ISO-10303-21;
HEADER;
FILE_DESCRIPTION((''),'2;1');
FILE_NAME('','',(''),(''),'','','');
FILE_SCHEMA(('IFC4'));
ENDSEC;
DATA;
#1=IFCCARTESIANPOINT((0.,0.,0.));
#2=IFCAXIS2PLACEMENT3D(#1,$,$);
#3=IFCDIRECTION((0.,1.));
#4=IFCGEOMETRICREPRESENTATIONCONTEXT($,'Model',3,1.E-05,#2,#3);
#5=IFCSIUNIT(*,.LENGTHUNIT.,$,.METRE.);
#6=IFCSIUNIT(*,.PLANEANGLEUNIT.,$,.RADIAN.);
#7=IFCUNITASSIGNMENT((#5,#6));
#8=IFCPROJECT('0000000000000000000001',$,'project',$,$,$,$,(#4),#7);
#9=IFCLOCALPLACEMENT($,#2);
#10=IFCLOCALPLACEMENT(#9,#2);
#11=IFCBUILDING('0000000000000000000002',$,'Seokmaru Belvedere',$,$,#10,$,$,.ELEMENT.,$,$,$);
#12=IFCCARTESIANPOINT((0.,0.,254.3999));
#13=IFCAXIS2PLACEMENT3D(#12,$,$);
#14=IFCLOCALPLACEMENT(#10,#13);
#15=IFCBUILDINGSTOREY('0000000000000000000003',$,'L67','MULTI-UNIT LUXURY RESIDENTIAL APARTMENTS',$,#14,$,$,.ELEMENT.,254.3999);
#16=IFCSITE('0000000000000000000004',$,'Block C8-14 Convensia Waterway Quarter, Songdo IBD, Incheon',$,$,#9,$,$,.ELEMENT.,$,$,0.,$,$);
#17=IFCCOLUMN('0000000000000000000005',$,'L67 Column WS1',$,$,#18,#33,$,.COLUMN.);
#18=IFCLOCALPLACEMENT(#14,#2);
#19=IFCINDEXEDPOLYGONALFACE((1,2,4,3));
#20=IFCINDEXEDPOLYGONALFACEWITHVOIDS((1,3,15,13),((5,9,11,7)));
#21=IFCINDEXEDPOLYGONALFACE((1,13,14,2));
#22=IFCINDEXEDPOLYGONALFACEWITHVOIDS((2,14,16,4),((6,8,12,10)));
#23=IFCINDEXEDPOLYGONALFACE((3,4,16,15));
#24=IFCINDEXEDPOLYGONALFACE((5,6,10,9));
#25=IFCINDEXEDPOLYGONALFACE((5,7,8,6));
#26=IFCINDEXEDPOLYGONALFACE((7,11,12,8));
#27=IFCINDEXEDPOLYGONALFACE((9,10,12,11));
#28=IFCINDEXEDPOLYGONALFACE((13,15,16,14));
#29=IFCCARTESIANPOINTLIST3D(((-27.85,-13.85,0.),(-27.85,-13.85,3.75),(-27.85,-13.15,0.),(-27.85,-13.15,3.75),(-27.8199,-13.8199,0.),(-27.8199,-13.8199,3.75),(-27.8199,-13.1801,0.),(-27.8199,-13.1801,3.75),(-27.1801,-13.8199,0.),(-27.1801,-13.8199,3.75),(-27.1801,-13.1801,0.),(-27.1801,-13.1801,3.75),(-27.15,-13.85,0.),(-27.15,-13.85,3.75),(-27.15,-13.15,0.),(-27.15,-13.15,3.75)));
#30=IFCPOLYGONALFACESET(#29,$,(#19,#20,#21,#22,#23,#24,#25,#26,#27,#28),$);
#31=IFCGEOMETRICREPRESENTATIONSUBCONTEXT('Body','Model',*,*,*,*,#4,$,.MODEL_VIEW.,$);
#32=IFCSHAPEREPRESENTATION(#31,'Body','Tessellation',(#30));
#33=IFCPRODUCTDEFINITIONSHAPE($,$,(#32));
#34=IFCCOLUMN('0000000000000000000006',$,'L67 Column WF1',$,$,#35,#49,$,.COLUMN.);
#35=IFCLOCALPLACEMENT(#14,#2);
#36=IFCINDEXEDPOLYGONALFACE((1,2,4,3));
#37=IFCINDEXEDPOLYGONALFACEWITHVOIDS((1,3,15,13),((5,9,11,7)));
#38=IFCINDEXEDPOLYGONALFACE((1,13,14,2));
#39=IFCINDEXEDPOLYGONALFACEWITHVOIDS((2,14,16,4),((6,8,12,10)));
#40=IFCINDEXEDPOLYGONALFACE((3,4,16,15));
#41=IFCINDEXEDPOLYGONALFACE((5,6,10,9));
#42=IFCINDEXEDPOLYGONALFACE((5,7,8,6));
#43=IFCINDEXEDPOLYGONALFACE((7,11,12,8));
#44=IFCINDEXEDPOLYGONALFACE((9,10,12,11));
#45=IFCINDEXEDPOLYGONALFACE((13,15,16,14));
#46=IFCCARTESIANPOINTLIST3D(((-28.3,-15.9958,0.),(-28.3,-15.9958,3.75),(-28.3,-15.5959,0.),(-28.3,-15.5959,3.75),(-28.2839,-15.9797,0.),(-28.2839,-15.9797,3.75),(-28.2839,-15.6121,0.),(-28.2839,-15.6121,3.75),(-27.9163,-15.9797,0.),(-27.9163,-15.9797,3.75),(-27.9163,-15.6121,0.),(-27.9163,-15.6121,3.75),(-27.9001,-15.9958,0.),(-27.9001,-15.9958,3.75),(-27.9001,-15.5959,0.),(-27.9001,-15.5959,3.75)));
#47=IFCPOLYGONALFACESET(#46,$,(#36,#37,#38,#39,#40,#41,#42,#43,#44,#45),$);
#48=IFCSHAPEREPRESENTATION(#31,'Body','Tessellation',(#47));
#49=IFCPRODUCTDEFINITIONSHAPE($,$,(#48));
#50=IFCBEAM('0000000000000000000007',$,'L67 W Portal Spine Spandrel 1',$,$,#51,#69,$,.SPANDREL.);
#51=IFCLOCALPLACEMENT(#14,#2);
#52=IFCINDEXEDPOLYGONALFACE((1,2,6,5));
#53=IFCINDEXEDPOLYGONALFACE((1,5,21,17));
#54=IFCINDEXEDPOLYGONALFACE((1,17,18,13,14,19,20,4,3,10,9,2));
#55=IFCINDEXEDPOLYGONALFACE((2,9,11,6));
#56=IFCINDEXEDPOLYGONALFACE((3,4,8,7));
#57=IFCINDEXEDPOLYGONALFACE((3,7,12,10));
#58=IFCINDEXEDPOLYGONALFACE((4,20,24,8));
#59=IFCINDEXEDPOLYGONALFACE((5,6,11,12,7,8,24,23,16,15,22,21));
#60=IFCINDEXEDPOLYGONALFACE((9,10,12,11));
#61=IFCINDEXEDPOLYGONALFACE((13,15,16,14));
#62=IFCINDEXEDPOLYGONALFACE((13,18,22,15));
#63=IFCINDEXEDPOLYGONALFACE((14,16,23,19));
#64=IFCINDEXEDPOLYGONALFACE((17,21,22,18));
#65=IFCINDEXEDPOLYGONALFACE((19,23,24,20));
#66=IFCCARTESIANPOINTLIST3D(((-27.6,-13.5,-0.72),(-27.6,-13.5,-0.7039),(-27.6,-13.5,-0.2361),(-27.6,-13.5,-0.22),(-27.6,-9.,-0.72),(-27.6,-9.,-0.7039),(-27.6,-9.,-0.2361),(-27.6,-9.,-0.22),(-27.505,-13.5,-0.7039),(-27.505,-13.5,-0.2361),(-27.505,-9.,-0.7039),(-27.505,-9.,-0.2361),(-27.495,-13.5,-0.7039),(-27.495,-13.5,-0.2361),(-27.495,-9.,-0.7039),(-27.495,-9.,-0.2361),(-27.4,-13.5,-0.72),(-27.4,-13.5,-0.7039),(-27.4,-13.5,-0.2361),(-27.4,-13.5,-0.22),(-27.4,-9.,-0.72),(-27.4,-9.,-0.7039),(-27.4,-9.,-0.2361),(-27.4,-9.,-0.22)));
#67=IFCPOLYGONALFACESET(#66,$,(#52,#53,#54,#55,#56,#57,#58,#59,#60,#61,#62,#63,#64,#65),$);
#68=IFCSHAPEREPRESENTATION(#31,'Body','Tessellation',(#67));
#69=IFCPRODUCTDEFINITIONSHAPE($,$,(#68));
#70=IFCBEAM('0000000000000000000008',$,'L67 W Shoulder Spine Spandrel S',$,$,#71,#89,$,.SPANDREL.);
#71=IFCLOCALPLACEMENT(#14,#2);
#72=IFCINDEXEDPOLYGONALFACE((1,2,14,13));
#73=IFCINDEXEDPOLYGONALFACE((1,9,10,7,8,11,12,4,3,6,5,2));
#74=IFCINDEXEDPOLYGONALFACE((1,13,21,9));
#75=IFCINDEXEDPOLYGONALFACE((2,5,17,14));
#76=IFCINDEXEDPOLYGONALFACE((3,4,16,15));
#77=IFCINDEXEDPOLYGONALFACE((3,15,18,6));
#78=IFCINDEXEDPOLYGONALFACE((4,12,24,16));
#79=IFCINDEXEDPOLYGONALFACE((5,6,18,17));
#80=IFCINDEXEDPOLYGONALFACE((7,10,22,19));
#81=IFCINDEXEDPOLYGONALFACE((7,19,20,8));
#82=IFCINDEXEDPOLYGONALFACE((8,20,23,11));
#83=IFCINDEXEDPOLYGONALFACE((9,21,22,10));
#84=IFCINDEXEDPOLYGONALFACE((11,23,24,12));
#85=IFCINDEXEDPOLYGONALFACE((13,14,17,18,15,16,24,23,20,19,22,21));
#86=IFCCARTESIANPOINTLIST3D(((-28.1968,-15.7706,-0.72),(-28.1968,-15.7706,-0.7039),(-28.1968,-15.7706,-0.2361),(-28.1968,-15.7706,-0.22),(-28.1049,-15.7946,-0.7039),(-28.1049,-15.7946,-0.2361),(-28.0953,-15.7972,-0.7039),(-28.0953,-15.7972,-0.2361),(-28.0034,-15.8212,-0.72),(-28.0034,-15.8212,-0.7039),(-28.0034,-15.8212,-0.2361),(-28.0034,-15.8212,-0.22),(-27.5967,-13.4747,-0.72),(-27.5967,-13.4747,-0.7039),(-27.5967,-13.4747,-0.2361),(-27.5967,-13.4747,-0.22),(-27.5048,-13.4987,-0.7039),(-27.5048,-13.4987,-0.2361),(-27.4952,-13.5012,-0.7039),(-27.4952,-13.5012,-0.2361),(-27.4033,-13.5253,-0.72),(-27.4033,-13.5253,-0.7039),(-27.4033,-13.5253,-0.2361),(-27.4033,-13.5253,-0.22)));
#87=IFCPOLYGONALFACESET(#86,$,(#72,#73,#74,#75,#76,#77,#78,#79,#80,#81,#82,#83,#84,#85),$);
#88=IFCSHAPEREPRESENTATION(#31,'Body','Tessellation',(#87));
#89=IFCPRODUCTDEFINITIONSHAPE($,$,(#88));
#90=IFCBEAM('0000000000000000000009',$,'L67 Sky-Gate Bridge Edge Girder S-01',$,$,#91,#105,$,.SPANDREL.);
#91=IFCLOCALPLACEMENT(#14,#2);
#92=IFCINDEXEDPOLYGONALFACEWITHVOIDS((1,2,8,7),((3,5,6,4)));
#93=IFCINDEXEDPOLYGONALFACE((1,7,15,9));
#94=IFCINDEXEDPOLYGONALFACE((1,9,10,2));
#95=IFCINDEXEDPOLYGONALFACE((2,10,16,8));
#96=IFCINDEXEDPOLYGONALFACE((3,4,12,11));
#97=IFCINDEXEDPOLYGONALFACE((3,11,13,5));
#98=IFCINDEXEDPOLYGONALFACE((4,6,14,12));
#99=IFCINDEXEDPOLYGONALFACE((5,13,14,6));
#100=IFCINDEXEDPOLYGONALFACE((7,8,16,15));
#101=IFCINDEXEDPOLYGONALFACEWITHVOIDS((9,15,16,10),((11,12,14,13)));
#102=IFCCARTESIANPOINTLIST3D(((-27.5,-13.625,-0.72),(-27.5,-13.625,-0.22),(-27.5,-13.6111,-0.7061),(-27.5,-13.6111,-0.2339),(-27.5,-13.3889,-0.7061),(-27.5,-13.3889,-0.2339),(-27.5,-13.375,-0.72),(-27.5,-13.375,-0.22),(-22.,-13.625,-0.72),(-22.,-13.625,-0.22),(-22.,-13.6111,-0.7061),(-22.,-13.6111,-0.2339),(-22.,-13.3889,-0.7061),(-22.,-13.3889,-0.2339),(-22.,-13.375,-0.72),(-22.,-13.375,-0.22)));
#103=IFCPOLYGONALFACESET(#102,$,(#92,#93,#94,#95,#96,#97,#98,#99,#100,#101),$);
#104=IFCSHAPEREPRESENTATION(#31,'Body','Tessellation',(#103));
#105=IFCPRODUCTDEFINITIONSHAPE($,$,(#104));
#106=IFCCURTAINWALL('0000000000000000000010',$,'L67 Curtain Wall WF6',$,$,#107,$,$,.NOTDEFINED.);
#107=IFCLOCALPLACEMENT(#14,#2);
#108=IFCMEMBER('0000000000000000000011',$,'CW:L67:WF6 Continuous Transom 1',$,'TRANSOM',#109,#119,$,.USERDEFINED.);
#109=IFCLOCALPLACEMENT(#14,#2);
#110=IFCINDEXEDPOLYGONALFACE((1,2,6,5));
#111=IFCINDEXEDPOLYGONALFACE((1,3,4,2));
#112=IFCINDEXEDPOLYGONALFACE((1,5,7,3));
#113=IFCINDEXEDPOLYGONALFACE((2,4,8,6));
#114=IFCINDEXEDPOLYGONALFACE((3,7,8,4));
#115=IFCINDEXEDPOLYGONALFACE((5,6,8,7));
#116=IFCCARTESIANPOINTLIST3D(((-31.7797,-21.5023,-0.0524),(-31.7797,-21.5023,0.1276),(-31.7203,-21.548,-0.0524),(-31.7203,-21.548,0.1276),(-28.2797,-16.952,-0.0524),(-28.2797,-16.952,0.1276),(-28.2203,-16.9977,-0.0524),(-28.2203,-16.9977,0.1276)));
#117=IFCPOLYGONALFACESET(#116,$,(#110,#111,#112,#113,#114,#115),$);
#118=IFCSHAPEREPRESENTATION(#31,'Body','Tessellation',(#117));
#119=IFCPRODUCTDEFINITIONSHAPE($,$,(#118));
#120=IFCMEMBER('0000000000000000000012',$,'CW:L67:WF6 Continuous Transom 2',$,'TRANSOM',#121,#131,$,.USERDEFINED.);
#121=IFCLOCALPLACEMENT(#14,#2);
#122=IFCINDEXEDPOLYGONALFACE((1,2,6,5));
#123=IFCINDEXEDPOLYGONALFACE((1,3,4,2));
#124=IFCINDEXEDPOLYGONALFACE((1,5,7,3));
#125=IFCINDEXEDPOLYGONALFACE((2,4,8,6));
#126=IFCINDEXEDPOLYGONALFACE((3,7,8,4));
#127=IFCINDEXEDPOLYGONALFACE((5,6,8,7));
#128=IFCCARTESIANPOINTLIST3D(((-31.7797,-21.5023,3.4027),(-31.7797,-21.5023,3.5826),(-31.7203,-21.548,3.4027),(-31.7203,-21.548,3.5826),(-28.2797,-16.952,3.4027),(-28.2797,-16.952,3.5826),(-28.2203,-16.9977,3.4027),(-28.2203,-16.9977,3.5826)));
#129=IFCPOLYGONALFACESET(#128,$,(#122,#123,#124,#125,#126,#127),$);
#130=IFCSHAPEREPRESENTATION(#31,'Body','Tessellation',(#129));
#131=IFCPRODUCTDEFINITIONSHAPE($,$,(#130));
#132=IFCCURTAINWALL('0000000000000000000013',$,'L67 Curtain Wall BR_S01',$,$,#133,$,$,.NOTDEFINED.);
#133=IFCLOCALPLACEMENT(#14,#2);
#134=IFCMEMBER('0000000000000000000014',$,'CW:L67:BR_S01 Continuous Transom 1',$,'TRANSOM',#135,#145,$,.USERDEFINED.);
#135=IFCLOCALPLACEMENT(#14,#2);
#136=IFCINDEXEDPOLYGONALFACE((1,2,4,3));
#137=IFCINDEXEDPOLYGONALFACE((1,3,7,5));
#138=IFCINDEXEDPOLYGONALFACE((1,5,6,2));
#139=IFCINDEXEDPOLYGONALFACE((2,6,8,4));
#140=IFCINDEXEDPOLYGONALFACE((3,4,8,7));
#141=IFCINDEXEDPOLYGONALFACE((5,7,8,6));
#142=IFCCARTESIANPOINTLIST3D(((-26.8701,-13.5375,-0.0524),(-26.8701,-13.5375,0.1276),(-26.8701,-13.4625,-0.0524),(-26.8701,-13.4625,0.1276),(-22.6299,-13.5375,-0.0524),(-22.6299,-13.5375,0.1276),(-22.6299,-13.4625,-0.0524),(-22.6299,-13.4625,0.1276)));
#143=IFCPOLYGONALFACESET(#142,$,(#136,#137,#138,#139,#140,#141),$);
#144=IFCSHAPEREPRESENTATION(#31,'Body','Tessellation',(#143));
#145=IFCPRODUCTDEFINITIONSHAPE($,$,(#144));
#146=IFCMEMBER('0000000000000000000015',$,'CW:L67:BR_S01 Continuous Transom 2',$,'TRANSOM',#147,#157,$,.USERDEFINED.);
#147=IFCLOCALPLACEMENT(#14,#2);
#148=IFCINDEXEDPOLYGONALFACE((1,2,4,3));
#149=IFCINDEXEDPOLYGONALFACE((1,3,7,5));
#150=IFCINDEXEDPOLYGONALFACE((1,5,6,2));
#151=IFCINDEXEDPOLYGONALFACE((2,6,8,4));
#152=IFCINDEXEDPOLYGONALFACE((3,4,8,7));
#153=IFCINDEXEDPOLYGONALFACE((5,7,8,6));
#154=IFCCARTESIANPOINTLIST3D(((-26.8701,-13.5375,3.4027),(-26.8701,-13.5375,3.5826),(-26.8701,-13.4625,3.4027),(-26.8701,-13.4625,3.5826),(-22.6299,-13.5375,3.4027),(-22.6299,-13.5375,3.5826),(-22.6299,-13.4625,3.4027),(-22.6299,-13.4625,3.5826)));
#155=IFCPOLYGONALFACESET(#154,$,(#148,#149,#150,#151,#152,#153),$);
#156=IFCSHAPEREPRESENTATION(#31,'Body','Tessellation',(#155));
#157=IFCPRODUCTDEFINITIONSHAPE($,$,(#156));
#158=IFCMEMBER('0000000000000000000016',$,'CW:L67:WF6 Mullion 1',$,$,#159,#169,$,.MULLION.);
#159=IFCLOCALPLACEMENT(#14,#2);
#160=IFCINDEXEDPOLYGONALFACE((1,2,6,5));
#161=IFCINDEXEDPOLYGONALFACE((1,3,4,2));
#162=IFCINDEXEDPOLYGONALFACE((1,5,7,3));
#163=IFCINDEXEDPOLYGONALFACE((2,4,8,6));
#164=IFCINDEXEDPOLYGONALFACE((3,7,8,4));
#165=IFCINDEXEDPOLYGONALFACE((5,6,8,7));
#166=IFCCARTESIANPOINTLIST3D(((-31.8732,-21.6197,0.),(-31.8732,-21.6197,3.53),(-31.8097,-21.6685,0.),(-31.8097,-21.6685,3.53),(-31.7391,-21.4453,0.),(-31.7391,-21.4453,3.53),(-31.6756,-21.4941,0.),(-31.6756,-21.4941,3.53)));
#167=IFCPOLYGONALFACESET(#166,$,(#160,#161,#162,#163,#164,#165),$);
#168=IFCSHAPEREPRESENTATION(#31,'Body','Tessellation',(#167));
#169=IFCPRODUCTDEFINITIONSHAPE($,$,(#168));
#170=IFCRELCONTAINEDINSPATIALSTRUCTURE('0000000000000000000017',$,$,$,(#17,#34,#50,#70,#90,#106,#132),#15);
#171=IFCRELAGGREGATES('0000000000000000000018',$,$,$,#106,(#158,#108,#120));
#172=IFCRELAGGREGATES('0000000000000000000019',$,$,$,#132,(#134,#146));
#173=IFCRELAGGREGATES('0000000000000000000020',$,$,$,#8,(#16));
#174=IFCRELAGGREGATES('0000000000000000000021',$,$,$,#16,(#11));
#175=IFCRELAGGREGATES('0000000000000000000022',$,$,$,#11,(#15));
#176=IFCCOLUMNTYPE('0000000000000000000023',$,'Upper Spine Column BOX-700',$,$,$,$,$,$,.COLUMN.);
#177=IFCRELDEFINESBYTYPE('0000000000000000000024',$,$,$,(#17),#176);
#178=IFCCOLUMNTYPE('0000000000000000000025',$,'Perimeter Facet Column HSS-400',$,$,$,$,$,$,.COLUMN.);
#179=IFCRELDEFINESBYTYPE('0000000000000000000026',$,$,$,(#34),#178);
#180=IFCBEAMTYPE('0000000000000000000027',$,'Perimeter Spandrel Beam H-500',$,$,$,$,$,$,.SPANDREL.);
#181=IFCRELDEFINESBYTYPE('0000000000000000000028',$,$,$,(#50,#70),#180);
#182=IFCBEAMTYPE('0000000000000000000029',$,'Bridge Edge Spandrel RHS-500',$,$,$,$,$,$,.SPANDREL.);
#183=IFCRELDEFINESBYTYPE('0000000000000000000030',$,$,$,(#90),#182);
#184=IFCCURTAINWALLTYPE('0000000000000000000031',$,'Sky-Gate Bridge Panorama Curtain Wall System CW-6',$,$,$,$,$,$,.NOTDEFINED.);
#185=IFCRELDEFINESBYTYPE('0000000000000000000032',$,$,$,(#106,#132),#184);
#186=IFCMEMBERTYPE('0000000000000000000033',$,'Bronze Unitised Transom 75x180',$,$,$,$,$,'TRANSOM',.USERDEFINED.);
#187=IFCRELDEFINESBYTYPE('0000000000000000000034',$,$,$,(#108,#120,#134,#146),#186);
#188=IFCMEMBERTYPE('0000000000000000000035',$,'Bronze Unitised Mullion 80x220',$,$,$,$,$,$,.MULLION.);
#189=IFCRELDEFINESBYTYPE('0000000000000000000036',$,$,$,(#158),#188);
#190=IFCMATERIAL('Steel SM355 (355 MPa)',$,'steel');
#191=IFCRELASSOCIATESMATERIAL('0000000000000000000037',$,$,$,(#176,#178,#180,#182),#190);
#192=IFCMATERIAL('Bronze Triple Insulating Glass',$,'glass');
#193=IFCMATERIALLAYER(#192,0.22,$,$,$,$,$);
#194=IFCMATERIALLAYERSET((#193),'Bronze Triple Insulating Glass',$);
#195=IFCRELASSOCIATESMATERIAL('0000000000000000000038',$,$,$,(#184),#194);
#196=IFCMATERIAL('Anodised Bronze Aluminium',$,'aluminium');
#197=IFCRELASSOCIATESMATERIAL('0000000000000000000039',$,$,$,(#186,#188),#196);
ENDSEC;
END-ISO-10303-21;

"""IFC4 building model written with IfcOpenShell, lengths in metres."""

from ifc_helpers import new_model, si_unit, direction, frame, origin, origin_2d, place, context, subcontext, project, spatial, rectangle, hollow_rectangle, i_section, extrude, source, transform, mapped, material, layer, layer_set, material_profile, profile_set, type_object, type_shapes, element, aggregate, save


model = new_model("IFC4")

# Units and contexts
model_context = context("Model", 3, precision=1e-05, world=origin(), true_north=direction((0.0, 1.0)))
body_context = subcontext(model_context, "Body", "Model", "MODEL_VIEW")
ifc_project = project(units=[si_unit("LENGTHUNIT", "METRE"), si_unit("PLANEANGLEUNIT", "RADIAN")], contexts=[model_context])

# Site, building, storey
site_placement = place(None, origin())
site = spatial("IfcSite", under=ifc_project, at=site_placement, Name="Block C8-14 Convensia Waterway Quarter, Songdo IBD, Incheon", CompositionType="ELEMENT", RefElevation=0.0)
building_placement = place(site_placement, origin())
building = spatial("IfcBuilding", under=site, at=building_placement, Name="Seokmaru Belvedere", CompositionType="ELEMENT")
storey_placement = place(building_placement, frame((0.0, 0.0, 254.3999)))
storey = spatial("IfcBuildingStorey", under=building, at=storey_placement, Name="L67", Description="MULTI-UNIT LUXURY RESIDENTIAL APARTMENTS", CompositionType="ELEMENT", Elevation=254.3999)

# Columns
ifc_material_1 = material(Name="Steel SM355 (355 MPa)", Category="steel")
ifc_material_profile_1 = material_profile(ifc_material_1, hollow_rectangle(XDim=0.7, YDim=0.7, WallThickness=0.03, at=origin_2d()), Name="BOX-700x700x30")
ifc_profile_set_1 = profile_set([ifc_material_profile_1], Name="Steel SM355 (355 MPa)")
column_type_1 = type_object("IfcColumnType", Name="Upper Spine Column BOX-700", PredefinedType="COLUMN", material=ifc_profile_set_1)
shared_shape_1 = source(origin(), body_context, "Body", "SweptSolid", [
    extrude(hollow_rectangle(XDim=0.7, YDim=0.7, WallThickness=0.03, at=origin_2d()), origin(), (0.0, 0.0, 1.0), 3.75),
])
type_shapes(column_type_1, [shared_shape_1])
column_1_placement = place(storey_placement, frame((-27.5, -13.5, 0.0), z_axis=(0.0, 0.0, 1.0), x_axis=(1.0, 0.0, 0.0)))
element("IfcColumn", 1, at=column_1_placement, inside=storey, type_object=column_type_1, Name="L67 Column WS1", PredefinedType="COLUMN", context=body_context, shape_type="MappedRepresentation", body=[
    mapped(shared_shape_1, transform((0.0, 0.0, 0.0), scale=1.0)),
])
ifc_material_profile_2 = material_profile(ifc_material_1, hollow_rectangle(XDim=0.3999, YDim=0.3999, WallThickness=0.0161, at=origin_2d()), Name="HSS-400x400x16")
ifc_profile_set_2 = profile_set([ifc_material_profile_2], Name="Steel SM355 (355 MPa)")
column_type_2 = type_object("IfcColumnType", Name="Perimeter Facet Column HSS-400", PredefinedType="COLUMN", material=ifc_profile_set_2)
shared_shape_2 = source(origin(), body_context, "Body", "SweptSolid", [
    extrude(hollow_rectangle(XDim=0.3999, YDim=0.3999, WallThickness=0.0161, at=origin_2d()), origin(), (0.0, 0.0, 1.0), 3.75),
])
type_shapes(column_type_2, [shared_shape_2])
column_2_placement = place(storey_placement, frame((-28.1001, -15.7959, 0.0), z_axis=(0.0, 0.0, 1.0), x_axis=(1.0, 0.0, 0.0)))
element("IfcColumn", 2, at=column_2_placement, inside=storey, type_object=column_type_2, Name="L67 Column WF1", PredefinedType="COLUMN", context=body_context, shape_type="MappedRepresentation", body=[
    mapped(shared_shape_2, transform((0.0, 0.0, 0.0), scale=1.0)),
])

# Beams
ifc_material_profile_3 = material_profile(ifc_material_1, i_section(OverallWidth=0.2, OverallDepth=0.5, WebThickness=0.01, FlangeThickness=0.0161, at=origin_2d()), Name="H-500x200x10x16")
ifc_profile_set_3 = profile_set([ifc_material_profile_3], Name="Steel SM355 (355 MPa)")
beam_type_1 = type_object("IfcBeamType", Name="Perimeter Spandrel Beam H-500", PredefinedType="SPANDREL", material=ifc_profile_set_3)
shared_shape_3 = source(origin(), body_context, "Body", "SweptSolid", [
    extrude(i_section(OverallWidth=0.2, OverallDepth=0.5, WebThickness=0.01, FlangeThickness=0.0161, at=origin_2d()), origin(), (0.0, 0.0, 1.0), 4.5),
])
beam_1_placement = place(storey_placement, frame((-27.5, -13.5, -0.47), z_axis=(0.0, 1.0, 0.0), x_axis=(-1.0, 0.0, 0.0)))
element("IfcBeam", 3, at=beam_1_placement, inside=storey, type_object=beam_type_1, Name="L67 W Portal Spine Spandrel 1", PredefinedType="SPANDREL", context=body_context, shape_type="MappedRepresentation", body=[
    mapped(shared_shape_3, transform((0.0, 0.0, 0.0), scale=1.0)),
])
shared_shape_4 = source(origin(), body_context, "Body", "SweptSolid", [
    extrude(i_section(OverallWidth=0.2, OverallDepth=0.5, WebThickness=0.01, FlangeThickness=0.0161, at=origin_2d()), origin(), (0.0, 0.0, 1.0), 2.373),
])
type_shapes(beam_type_1, [shared_shape_3, shared_shape_4])
beam_2_placement = place(storey_placement, frame((-28.1001, -15.7959, -0.47), z_axis=(0.252883, 0.967497, 0.0), x_axis=(-0.967497, 0.252883, 0.0)))
element("IfcBeam", 4, at=beam_2_placement, inside=storey, type_object=beam_type_1, Name="L67 W Shoulder Spine Spandrel S", PredefinedType="SPANDREL", context=body_context, shape_type="MappedRepresentation", body=[
    mapped(shared_shape_4, transform((0.0, 0.0, 0.0), scale=1.0)),
])
ifc_material_profile_4 = material_profile(ifc_material_1, hollow_rectangle(XDim=0.25, YDim=0.5, WallThickness=0.0139, at=origin_2d()), Name="RHS-500x250x14")
ifc_profile_set_4 = profile_set([ifc_material_profile_4], Name="Steel SM355 (355 MPa)")
beam_type_2 = type_object("IfcBeamType", Name="Bridge Edge Spandrel RHS-500", PredefinedType="SPANDREL", material=ifc_profile_set_4)
shared_shape_5 = source(origin(), body_context, "Body", "SweptSolid", [
    extrude(hollow_rectangle(XDim=0.25, YDim=0.5, WallThickness=0.0139, at=origin_2d()), origin(), (0.0, 0.0, 1.0), 5.5),
])
type_shapes(beam_type_2, [shared_shape_5])
beam_3_placement = place(storey_placement, frame((-27.5, -13.5, -0.47), z_axis=(1.0, 0.0, 0.0), x_axis=(0.0, 1.0, 0.0)))
element("IfcBeam", 5, at=beam_3_placement, inside=storey, type_object=beam_type_2, Name="L67 Sky-Gate Bridge Edge Girder S-01", PredefinedType="SPANDREL", context=body_context, shape_type="MappedRepresentation", body=[
    mapped(shared_shape_5, transform((0.0, 0.0, 0.0), scale=1.0)),
])

# Curtain walls, members
ifc_material_2 = material(Name="Bronze Triple Insulating Glass", Category="glass")
ifc_layer_1 = layer(ifc_material_2, 0.22)
ifc_layer_set_1 = layer_set([ifc_layer_1], Name="Bronze Triple Insulating Glass")
curtain_wall_type = type_object("IfcCurtainWallType", Name="Sky-Gate Bridge Panorama Curtain Wall System CW-6", PredefinedType="NOTDEFINED", material=ifc_layer_set_1)
curtain_wall_1_placement = place(storey_placement, origin())
curtain_wall_1 = element("IfcCurtainWall", 6, at=curtain_wall_1_placement, inside=storey, type_object=curtain_wall_type, Name="L67 Curtain Wall WF6", PredefinedType="NOTDEFINED")
ifc_material_3 = material(Name="Anodised Bronze Aluminium", Category="aluminium")
ifc_material_profile_5 = material_profile(ifc_material_3, rectangle(XDim=0.075, YDim=0.1799, at=origin_2d()), Name="CW-T-75x180")
ifc_profile_set_5 = profile_set([ifc_material_profile_5], Name="Anodised Bronze Aluminium")
member_type_1 = type_object("IfcMemberType", Name="Bronze Unitised Transom 75x180", ElementType="TRANSOM", PredefinedType="USERDEFINED", material=ifc_profile_set_5)
shared_shape_6 = source(origin(), body_context, "Body", "SweptSolid", [
    extrude(rectangle(XDim=0.075, YDim=0.1799, at=origin_2d()), origin(), (0.0, 0.0, 1.0), 5.7407),
])
member_1_placement = place(storey_placement, frame((-31.75, -21.5251, 0.0376), z_axis=(0.609686, 0.792643, 0.0), x_axis=(-0.792643, 0.609686, 0.0)))
member_1 = element("IfcMember", 7, at=member_1_placement, type_object=member_type_1, Name="CW:L67:WF6 Continuous Transom 1", ObjectType="TRANSOM", PredefinedType="USERDEFINED", context=body_context, shape_type="MappedRepresentation", body=[
    mapped(shared_shape_6, transform((0.0, 0.0, 0.0), scale=1.0)),
])
member_2_placement = place(storey_placement, frame((-31.75, -21.5251, 3.4927), z_axis=(0.609686, 0.792643, 0.0), x_axis=(-0.792643, 0.609686, 0.0)))
member_2 = element("IfcMember", 8, at=member_2_placement, type_object=member_type_1, Name="CW:L67:WF6 Continuous Transom 2", ObjectType="TRANSOM", PredefinedType="USERDEFINED", context=body_context, shape_type="MappedRepresentation", body=[
    mapped(shared_shape_6, transform((0.0, 0.0, 0.0), scale=1.0)),
])
curtain_wall_2_placement = place(storey_placement, origin())
curtain_wall_2 = element("IfcCurtainWall", 9, at=curtain_wall_2_placement, inside=storey, type_object=curtain_wall_type, Name="L67 Curtain Wall BR_S01", PredefinedType="NOTDEFINED")
shared_shape_7 = source(origin(), body_context, "Body", "SweptSolid", [
    extrude(rectangle(XDim=0.075, YDim=0.1799, at=origin_2d()), origin(), (0.0, 0.0, 1.0), 4.2402),
])
type_shapes(member_type_1, [shared_shape_6, shared_shape_7])
member_3_placement = place(storey_placement, frame((-26.8701, -13.5, 0.0376), z_axis=(1.0, 0.0, 0.0), x_axis=(0.0, 1.0, 0.0)))
member_3 = element("IfcMember", 10, at=member_3_placement, type_object=member_type_1, Name="CW:L67:BR_S01 Continuous Transom 1", ObjectType="TRANSOM", PredefinedType="USERDEFINED", context=body_context, shape_type="MappedRepresentation", body=[
    mapped(shared_shape_7, transform((0.0, 0.0, 0.0), scale=1.0)),
])
member_4_placement = place(storey_placement, frame((-26.8701, -13.5, 3.4927), z_axis=(1.0, 0.0, 0.0), x_axis=(0.0, 1.0, 0.0)))
member_4 = element("IfcMember", 11, at=member_4_placement, type_object=member_type_1, Name="CW:L67:BR_S01 Continuous Transom 2", ObjectType="TRANSOM", PredefinedType="USERDEFINED", context=body_context, shape_type="MappedRepresentation", body=[
    mapped(shared_shape_7, transform((0.0, 0.0, 0.0), scale=1.0)),
])

# Member
ifc_material_profile_6 = material_profile(ifc_material_3, rectangle(XDim=0.0801, YDim=0.22, at=origin_2d()), Name="CW-M-80x220")
ifc_profile_set_6 = profile_set([ifc_material_profile_6], Name="Anodised Bronze Aluminium")
member_type_2 = type_object("IfcMemberType", Name="Bronze Unitised Mullion 80x220", PredefinedType="MULLION", material=ifc_profile_set_6)
shared_shape_8 = source(origin(), body_context, "Body", "SweptSolid", [
    extrude(rectangle(XDim=0.0801, YDim=0.22, at=origin_2d()), origin(), (0.0, 0.0, 1.0), 3.53),
])
type_shapes(member_type_2, [shared_shape_8])
member_5_placement = place(storey_placement, frame((-31.7744, -21.5569, 0.0), z_axis=(0.0, 0.0, 1.0), x_axis=(-0.792631, 0.609701, 0.0)))
member_5 = element("IfcMember", 12, at=member_5_placement, type_object=member_type_2, Name="CW:L67:WF6 Mullion 1", PredefinedType="MULLION", context=body_context, shape_type="MappedRepresentation", body=[
    mapped(shared_shape_8, transform((0.0, 0.0, 0.0), scale=1.0)),
])

aggregate(curtain_wall_1, [member_5, member_1, member_2])
aggregate(curtain_wall_2, [member_3, member_4])

save(model, "model.ifc")
